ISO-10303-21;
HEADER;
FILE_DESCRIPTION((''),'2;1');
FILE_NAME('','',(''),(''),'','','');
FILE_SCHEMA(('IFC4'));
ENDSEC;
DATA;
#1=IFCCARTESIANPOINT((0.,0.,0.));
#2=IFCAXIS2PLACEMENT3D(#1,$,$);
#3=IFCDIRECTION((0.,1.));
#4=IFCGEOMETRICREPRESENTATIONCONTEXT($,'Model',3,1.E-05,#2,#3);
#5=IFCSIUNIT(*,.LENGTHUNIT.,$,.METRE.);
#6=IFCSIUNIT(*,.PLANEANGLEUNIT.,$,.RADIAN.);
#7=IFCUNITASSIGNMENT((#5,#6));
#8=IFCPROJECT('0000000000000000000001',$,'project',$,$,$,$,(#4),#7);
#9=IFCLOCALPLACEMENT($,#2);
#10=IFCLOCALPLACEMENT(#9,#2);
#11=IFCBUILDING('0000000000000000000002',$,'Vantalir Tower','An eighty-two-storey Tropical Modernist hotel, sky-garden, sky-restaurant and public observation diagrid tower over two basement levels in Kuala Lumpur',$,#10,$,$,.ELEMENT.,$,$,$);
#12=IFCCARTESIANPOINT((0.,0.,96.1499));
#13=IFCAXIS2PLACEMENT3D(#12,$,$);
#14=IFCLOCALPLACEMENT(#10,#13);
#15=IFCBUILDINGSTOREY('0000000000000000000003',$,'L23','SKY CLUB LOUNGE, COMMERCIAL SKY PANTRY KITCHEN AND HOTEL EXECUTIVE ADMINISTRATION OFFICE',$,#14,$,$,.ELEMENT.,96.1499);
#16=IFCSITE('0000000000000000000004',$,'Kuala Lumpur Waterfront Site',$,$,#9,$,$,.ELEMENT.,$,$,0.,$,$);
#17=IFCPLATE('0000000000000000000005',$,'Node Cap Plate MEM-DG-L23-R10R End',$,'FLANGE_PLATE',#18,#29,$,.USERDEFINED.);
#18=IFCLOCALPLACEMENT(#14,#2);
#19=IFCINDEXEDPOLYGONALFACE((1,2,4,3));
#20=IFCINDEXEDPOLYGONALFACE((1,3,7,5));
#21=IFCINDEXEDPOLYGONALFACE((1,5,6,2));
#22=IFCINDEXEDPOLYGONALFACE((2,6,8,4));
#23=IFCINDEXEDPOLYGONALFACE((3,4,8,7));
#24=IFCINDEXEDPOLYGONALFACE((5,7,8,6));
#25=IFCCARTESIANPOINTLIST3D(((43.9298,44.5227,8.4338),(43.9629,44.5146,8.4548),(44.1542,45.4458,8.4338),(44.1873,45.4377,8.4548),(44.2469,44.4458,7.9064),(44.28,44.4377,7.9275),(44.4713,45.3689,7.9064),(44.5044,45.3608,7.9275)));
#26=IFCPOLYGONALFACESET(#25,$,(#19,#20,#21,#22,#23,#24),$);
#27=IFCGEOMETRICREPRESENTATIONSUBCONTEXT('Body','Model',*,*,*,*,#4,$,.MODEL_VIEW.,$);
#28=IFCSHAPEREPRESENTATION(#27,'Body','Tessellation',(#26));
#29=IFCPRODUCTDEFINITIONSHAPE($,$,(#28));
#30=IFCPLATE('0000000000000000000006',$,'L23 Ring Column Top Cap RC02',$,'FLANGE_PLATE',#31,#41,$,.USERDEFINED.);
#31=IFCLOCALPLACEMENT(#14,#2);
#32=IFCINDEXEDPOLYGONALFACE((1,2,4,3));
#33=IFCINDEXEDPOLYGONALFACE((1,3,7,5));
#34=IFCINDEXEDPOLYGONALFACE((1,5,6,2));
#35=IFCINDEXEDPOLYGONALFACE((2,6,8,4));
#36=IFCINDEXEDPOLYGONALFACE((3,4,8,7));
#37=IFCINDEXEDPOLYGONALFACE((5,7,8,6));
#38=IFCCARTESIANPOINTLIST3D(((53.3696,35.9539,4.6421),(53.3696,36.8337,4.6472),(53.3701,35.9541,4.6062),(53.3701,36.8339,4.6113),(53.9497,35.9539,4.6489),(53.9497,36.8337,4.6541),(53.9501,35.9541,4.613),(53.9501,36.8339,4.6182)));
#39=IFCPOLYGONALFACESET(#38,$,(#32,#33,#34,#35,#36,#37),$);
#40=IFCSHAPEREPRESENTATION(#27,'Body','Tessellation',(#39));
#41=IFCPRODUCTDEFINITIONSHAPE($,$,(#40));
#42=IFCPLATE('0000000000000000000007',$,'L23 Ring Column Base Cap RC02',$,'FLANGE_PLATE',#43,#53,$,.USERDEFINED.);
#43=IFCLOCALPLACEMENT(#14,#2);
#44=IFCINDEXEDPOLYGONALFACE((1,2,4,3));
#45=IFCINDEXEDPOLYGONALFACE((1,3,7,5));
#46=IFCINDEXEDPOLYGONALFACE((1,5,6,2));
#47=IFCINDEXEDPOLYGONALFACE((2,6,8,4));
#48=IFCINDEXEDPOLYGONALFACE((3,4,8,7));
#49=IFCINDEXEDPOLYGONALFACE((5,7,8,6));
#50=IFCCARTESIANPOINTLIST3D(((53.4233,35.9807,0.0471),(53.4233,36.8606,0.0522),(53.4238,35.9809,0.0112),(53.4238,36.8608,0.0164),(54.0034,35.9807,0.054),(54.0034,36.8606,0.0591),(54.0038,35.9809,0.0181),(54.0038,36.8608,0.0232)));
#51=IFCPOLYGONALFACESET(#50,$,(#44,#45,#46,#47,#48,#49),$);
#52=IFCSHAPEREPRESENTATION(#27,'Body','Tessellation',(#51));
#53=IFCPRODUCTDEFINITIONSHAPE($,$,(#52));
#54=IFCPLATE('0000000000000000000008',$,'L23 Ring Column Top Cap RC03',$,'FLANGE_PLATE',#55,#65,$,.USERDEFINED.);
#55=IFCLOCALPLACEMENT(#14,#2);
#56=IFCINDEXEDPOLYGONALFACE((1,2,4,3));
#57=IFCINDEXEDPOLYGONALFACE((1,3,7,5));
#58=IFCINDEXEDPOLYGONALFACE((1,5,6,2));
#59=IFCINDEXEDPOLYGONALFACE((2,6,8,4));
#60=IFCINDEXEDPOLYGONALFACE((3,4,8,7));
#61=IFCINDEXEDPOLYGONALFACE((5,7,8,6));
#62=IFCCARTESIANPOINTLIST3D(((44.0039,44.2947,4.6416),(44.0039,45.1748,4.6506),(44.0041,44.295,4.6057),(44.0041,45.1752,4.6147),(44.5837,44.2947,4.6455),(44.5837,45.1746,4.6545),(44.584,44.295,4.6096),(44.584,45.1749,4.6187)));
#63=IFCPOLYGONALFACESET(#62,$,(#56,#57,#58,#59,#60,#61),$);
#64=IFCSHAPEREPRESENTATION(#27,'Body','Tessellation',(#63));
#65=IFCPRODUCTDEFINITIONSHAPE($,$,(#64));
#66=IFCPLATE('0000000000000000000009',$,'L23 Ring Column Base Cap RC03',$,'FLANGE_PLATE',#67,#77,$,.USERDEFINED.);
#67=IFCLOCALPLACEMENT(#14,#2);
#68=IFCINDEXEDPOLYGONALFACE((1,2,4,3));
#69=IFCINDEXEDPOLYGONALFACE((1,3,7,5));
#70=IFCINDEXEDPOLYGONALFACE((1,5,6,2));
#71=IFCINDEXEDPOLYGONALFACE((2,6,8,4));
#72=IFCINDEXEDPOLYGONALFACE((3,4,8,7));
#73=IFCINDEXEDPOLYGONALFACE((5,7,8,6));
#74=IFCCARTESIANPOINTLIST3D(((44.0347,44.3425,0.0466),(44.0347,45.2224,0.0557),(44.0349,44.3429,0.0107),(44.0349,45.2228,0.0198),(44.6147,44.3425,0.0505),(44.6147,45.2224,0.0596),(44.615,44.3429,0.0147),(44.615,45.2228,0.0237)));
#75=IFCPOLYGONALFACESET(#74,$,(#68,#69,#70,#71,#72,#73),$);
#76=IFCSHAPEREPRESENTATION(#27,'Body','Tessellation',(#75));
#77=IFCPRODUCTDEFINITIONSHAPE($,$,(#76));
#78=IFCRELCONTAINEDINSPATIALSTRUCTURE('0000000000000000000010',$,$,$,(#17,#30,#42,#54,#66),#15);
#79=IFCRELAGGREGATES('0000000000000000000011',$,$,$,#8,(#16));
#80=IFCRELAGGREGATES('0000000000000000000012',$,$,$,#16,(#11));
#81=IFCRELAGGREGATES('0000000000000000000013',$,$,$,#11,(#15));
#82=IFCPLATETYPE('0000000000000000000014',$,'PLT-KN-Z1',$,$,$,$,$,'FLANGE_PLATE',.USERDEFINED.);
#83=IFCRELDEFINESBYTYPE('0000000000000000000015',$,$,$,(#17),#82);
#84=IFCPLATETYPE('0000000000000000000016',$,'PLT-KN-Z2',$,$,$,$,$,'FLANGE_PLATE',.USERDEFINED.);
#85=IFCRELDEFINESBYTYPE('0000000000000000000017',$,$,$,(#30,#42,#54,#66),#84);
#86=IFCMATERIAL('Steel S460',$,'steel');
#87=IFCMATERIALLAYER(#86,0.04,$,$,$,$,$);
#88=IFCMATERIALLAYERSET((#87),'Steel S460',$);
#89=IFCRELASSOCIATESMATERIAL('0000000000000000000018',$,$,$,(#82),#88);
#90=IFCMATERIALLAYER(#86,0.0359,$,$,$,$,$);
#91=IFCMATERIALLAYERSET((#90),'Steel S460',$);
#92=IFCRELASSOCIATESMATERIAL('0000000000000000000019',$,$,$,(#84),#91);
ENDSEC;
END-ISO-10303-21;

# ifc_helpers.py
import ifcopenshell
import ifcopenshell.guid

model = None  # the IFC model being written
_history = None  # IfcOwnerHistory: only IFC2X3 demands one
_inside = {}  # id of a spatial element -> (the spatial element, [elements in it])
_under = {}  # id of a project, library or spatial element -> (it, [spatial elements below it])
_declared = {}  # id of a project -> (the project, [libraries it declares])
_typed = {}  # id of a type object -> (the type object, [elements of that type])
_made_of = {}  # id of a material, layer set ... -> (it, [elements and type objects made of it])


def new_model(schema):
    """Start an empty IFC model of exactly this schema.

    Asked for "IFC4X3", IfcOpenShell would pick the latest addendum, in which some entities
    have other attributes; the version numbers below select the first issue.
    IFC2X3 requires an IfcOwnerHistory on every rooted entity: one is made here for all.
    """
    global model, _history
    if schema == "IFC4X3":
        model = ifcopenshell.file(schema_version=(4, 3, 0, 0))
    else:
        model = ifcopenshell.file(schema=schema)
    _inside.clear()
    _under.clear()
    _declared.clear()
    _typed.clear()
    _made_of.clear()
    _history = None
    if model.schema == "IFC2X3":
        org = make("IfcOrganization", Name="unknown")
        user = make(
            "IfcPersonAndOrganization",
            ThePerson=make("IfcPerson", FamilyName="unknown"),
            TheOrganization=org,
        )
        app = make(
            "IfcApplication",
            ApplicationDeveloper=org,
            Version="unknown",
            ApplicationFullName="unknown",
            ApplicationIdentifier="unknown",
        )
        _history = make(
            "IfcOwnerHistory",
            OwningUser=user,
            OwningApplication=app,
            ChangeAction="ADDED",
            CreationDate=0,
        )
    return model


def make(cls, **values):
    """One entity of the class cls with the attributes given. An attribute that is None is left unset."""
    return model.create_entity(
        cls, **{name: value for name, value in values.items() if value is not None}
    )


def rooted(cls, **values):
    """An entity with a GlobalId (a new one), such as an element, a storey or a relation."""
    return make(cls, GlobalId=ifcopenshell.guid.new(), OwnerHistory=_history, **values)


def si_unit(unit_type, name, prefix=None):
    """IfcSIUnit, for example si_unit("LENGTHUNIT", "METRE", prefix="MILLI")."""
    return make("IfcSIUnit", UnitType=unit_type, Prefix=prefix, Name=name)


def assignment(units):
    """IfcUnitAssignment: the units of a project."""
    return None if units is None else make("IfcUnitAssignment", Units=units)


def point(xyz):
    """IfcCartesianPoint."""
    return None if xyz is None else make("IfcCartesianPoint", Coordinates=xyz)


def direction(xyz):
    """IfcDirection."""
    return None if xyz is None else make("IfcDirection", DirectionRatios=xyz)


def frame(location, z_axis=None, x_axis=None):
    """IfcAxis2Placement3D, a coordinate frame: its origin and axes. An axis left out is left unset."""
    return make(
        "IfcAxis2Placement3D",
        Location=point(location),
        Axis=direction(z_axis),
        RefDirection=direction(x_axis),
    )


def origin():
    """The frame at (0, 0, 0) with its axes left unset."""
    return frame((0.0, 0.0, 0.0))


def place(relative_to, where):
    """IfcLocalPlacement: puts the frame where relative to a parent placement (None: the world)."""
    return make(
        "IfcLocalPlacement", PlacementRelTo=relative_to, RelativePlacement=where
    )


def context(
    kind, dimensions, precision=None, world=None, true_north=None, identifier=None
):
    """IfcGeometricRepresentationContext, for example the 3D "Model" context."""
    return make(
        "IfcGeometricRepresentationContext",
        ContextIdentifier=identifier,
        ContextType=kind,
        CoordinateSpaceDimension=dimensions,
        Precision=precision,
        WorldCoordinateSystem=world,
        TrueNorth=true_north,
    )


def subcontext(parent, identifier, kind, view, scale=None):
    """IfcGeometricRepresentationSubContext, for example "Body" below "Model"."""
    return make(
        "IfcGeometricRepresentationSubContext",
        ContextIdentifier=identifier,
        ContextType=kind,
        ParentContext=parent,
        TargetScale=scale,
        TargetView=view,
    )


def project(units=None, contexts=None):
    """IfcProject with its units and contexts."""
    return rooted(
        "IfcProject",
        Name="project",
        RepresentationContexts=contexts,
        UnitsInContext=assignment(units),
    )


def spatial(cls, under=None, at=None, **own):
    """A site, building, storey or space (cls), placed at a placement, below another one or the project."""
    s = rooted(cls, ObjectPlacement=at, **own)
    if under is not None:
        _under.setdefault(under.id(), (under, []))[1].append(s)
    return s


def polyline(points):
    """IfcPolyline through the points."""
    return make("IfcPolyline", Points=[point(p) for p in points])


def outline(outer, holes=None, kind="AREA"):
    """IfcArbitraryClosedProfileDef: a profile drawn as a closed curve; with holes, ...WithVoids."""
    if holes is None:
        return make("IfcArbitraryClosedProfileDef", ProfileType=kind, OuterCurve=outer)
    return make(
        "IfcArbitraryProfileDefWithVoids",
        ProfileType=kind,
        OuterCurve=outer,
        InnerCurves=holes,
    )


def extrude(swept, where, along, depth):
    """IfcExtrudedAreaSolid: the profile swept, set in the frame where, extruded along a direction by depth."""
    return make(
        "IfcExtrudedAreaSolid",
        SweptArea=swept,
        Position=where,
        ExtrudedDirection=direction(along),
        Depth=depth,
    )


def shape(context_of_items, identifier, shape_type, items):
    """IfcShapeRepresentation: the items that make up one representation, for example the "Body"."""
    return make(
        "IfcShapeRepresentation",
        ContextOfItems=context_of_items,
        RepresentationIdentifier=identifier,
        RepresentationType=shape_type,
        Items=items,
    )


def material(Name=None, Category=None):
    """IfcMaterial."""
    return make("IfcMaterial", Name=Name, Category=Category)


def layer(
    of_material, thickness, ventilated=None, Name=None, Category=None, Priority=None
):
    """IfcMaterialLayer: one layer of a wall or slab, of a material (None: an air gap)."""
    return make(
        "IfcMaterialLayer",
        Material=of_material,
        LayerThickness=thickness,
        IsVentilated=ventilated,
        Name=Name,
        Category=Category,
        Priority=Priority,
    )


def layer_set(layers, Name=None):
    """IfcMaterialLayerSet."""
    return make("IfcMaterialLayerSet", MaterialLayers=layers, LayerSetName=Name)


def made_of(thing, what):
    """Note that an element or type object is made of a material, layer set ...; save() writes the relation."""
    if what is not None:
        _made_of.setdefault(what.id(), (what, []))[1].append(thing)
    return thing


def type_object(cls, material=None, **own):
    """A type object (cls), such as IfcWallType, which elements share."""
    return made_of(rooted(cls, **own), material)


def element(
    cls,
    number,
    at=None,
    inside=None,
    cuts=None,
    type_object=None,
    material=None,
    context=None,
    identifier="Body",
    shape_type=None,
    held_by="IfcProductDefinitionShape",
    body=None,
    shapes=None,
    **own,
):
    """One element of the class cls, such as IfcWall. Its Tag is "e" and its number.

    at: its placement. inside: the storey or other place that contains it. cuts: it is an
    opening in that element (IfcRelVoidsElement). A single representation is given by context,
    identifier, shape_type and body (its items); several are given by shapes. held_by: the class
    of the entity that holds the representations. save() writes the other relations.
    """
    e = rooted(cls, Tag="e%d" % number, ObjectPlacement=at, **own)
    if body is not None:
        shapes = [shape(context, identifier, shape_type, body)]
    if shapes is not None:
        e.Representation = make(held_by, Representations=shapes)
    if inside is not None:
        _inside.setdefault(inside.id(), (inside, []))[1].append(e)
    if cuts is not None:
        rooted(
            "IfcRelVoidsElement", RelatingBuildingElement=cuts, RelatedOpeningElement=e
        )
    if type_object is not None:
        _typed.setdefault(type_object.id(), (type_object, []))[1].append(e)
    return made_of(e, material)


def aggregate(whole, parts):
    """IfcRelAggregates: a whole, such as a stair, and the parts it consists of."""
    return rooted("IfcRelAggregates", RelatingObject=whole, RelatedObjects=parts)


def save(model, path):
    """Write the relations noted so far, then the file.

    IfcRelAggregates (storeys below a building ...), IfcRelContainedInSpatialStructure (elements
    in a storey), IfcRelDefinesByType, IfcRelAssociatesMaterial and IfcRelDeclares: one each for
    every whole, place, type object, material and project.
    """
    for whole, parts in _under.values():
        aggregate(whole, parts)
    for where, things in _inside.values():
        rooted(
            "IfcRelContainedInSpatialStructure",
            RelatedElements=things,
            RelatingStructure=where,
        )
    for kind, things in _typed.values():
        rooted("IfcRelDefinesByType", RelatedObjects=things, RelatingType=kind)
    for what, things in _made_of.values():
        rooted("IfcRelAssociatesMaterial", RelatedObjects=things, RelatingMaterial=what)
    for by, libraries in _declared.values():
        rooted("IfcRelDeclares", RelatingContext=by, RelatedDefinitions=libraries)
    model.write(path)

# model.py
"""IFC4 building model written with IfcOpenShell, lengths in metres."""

from ifc_helpers import new_model, si_unit, direction, frame, origin, place, context, subcontext, project, spatial, polyline, outline, extrude, material, layer, layer_set, type_object, element, save


model = new_model("IFC4")

# Units and contexts
model_context = context("Model", 3, precision=1e-05, world=origin(), true_north=direction((0.0, 1.0)))
body_context = subcontext(model_context, "Body", "Model", "MODEL_VIEW")
ifc_project = project(units=[si_unit("LENGTHUNIT", "METRE"), si_unit("PLANEANGLEUNIT", "RADIAN")], contexts=[model_context])

# Site, building, storey
site_placement = place(None, origin())
site = spatial("IfcSite", under=ifc_project, at=site_placement, Name="Kuala Lumpur Waterfront Site", CompositionType="ELEMENT", RefElevation=0.0)
building_placement = place(site_placement, origin())
building = spatial("IfcBuilding", under=site, at=building_placement, Name="Vantalir Tower", Description="An eighty-two-storey Tropical Modernist hotel, sky-garden, sky-restaurant and public observation diagrid tower over two basement levels in Kuala Lumpur", CompositionType="ELEMENT")
storey_placement = place(building_placement, frame((0.0, 0.0, 96.1499)))
storey = spatial("IfcBuildingStorey", under=building, at=storey_placement, Name="L23", Description="SKY CLUB LOUNGE, COMMERCIAL SKY PANTRY KITCHEN AND HOTEL EXECUTIVE ADMINISTRATION OFFICE", CompositionType="ELEMENT", Elevation=96.1499)

# Shared definitions
ifc_material_1 = material(Name="Steel S460", Category="steel")

# Plates
ifc_layer_1 = layer(ifc_material_1, 0.04)
ifc_layer_set_1 = layer_set([ifc_layer_1], Name="Steel S460")
plate_type_1 = type_object("IfcPlateType", Name="PLT-KN-Z1", ElementType="FLANGE_PLATE", PredefinedType="USERDEFINED", material=ifc_layer_set_1)
plate_1_placement = place(storey_placement, frame((44.28, 44.4377, 7.9275), z_axis=(0.826295, -0.200837, 0.526214), x_axis=(0.236181, 0.971709, 0.0)))
element("IfcPlate", 1, at=plate_1_placement, inside=storey, type_object=plate_type_1, Name="Node Cap Plate MEM-DG-L23-R10R End", ObjectType="FLANGE_PLATE", PredefinedType="USERDEFINED", context=body_context, shape_type="SweptSolid", body=[
    extrude(outline(polyline([(0.0, 0.0), (0.95, 0.0), (0.9498, 0.6201), (-0.0002, 0.6201), (0.0, 0.0)])), origin(), (0.0, 0.0, -1.0), 0.04),
])
ifc_layer_2 = layer(ifc_material_1, 0.0359)
ifc_layer_set_2 = layer_set([ifc_layer_2], Name="Steel S460")
plate_type_2 = type_object("IfcPlateType", Name="PLT-KN-Z2", ElementType="FLANGE_PLATE", PredefinedType="USERDEFINED", material=ifc_layer_set_2)
for number, where, z_axis, x_axis, name in (
    (2, (53.3696, 36.8337, 4.6472), (-0.011783, -0.005826, 0.999914), (0.0, -0.999983, -0.005827), "L23 Ring Column Top Cap RC02"),
    (3, (53.4233, 36.8606, 0.0522), (-0.011783, -0.005826, 0.999914), (0.0, -0.999983, -0.005827), "L23 Ring Column Base Cap RC02"),
):
    element("IfcPlate", number, at=place(storey_placement, frame(where, z_axis=z_axis, x_axis=x_axis)), inside=storey, type_object=plate_type_2, Name=name, ObjectType="FLANGE_PLATE", PredefinedType="USERDEFINED", context=body_context, shape_type="SweptSolid", body=[
        extrude(outline(polyline([(0.0, 0.0), (0.8799, 0.0), (0.8799, 0.5801), (0.0, 0.5801), (0.0, 0.0)])), origin(), (0.0, 0.0, -1.0), 0.0359),
    ])
plate_2_placement = place(storey_placement, frame((44.0039, 45.1748, 4.6506), z_axis=(-0.006738, -0.010264, 0.999925), x_axis=(0.0, -0.999947, -0.010264)))
element("IfcPlate", 4, at=plate_2_placement, inside=storey, type_object=plate_type_2, Name="L23 Ring Column Top Cap RC03", ObjectType="FLANGE_PLATE", PredefinedType="USERDEFINED", context=body_context, shape_type="SweptSolid", body=[
    extrude(outline(polyline([(0.0, 0.0), (0.8802, 0.0), (0.8801, 0.5798), (0.0002, 0.5798), (0.0, 0.0)])), origin(), (0.0, 0.0, -1.0), 0.0359),
])
plate_3_placement = place(storey_placement, frame((44.0347, 45.2224, 0.0557), z_axis=(-0.006733, -0.010266, 0.999925), x_axis=(0.0, -0.999947, -0.010266)))
element("IfcPlate", 5, at=plate_3_placement, inside=storey, type_object=plate_type_2, Name="L23 Ring Column Base Cap RC03", ObjectType="FLANGE_PLATE", PredefinedType="USERDEFINED", context=body_context, shape_type="SweptSolid", body=[
    extrude(outline(polyline([(0.0, 0.0), (0.8799, 0.0), (0.8799, 0.5801), (0.0, 0.5801), (0.0, 0.0)])), origin(), (0.0, 0.0, -1.0), 0.0359),
])

save(model, "model.ifc")
